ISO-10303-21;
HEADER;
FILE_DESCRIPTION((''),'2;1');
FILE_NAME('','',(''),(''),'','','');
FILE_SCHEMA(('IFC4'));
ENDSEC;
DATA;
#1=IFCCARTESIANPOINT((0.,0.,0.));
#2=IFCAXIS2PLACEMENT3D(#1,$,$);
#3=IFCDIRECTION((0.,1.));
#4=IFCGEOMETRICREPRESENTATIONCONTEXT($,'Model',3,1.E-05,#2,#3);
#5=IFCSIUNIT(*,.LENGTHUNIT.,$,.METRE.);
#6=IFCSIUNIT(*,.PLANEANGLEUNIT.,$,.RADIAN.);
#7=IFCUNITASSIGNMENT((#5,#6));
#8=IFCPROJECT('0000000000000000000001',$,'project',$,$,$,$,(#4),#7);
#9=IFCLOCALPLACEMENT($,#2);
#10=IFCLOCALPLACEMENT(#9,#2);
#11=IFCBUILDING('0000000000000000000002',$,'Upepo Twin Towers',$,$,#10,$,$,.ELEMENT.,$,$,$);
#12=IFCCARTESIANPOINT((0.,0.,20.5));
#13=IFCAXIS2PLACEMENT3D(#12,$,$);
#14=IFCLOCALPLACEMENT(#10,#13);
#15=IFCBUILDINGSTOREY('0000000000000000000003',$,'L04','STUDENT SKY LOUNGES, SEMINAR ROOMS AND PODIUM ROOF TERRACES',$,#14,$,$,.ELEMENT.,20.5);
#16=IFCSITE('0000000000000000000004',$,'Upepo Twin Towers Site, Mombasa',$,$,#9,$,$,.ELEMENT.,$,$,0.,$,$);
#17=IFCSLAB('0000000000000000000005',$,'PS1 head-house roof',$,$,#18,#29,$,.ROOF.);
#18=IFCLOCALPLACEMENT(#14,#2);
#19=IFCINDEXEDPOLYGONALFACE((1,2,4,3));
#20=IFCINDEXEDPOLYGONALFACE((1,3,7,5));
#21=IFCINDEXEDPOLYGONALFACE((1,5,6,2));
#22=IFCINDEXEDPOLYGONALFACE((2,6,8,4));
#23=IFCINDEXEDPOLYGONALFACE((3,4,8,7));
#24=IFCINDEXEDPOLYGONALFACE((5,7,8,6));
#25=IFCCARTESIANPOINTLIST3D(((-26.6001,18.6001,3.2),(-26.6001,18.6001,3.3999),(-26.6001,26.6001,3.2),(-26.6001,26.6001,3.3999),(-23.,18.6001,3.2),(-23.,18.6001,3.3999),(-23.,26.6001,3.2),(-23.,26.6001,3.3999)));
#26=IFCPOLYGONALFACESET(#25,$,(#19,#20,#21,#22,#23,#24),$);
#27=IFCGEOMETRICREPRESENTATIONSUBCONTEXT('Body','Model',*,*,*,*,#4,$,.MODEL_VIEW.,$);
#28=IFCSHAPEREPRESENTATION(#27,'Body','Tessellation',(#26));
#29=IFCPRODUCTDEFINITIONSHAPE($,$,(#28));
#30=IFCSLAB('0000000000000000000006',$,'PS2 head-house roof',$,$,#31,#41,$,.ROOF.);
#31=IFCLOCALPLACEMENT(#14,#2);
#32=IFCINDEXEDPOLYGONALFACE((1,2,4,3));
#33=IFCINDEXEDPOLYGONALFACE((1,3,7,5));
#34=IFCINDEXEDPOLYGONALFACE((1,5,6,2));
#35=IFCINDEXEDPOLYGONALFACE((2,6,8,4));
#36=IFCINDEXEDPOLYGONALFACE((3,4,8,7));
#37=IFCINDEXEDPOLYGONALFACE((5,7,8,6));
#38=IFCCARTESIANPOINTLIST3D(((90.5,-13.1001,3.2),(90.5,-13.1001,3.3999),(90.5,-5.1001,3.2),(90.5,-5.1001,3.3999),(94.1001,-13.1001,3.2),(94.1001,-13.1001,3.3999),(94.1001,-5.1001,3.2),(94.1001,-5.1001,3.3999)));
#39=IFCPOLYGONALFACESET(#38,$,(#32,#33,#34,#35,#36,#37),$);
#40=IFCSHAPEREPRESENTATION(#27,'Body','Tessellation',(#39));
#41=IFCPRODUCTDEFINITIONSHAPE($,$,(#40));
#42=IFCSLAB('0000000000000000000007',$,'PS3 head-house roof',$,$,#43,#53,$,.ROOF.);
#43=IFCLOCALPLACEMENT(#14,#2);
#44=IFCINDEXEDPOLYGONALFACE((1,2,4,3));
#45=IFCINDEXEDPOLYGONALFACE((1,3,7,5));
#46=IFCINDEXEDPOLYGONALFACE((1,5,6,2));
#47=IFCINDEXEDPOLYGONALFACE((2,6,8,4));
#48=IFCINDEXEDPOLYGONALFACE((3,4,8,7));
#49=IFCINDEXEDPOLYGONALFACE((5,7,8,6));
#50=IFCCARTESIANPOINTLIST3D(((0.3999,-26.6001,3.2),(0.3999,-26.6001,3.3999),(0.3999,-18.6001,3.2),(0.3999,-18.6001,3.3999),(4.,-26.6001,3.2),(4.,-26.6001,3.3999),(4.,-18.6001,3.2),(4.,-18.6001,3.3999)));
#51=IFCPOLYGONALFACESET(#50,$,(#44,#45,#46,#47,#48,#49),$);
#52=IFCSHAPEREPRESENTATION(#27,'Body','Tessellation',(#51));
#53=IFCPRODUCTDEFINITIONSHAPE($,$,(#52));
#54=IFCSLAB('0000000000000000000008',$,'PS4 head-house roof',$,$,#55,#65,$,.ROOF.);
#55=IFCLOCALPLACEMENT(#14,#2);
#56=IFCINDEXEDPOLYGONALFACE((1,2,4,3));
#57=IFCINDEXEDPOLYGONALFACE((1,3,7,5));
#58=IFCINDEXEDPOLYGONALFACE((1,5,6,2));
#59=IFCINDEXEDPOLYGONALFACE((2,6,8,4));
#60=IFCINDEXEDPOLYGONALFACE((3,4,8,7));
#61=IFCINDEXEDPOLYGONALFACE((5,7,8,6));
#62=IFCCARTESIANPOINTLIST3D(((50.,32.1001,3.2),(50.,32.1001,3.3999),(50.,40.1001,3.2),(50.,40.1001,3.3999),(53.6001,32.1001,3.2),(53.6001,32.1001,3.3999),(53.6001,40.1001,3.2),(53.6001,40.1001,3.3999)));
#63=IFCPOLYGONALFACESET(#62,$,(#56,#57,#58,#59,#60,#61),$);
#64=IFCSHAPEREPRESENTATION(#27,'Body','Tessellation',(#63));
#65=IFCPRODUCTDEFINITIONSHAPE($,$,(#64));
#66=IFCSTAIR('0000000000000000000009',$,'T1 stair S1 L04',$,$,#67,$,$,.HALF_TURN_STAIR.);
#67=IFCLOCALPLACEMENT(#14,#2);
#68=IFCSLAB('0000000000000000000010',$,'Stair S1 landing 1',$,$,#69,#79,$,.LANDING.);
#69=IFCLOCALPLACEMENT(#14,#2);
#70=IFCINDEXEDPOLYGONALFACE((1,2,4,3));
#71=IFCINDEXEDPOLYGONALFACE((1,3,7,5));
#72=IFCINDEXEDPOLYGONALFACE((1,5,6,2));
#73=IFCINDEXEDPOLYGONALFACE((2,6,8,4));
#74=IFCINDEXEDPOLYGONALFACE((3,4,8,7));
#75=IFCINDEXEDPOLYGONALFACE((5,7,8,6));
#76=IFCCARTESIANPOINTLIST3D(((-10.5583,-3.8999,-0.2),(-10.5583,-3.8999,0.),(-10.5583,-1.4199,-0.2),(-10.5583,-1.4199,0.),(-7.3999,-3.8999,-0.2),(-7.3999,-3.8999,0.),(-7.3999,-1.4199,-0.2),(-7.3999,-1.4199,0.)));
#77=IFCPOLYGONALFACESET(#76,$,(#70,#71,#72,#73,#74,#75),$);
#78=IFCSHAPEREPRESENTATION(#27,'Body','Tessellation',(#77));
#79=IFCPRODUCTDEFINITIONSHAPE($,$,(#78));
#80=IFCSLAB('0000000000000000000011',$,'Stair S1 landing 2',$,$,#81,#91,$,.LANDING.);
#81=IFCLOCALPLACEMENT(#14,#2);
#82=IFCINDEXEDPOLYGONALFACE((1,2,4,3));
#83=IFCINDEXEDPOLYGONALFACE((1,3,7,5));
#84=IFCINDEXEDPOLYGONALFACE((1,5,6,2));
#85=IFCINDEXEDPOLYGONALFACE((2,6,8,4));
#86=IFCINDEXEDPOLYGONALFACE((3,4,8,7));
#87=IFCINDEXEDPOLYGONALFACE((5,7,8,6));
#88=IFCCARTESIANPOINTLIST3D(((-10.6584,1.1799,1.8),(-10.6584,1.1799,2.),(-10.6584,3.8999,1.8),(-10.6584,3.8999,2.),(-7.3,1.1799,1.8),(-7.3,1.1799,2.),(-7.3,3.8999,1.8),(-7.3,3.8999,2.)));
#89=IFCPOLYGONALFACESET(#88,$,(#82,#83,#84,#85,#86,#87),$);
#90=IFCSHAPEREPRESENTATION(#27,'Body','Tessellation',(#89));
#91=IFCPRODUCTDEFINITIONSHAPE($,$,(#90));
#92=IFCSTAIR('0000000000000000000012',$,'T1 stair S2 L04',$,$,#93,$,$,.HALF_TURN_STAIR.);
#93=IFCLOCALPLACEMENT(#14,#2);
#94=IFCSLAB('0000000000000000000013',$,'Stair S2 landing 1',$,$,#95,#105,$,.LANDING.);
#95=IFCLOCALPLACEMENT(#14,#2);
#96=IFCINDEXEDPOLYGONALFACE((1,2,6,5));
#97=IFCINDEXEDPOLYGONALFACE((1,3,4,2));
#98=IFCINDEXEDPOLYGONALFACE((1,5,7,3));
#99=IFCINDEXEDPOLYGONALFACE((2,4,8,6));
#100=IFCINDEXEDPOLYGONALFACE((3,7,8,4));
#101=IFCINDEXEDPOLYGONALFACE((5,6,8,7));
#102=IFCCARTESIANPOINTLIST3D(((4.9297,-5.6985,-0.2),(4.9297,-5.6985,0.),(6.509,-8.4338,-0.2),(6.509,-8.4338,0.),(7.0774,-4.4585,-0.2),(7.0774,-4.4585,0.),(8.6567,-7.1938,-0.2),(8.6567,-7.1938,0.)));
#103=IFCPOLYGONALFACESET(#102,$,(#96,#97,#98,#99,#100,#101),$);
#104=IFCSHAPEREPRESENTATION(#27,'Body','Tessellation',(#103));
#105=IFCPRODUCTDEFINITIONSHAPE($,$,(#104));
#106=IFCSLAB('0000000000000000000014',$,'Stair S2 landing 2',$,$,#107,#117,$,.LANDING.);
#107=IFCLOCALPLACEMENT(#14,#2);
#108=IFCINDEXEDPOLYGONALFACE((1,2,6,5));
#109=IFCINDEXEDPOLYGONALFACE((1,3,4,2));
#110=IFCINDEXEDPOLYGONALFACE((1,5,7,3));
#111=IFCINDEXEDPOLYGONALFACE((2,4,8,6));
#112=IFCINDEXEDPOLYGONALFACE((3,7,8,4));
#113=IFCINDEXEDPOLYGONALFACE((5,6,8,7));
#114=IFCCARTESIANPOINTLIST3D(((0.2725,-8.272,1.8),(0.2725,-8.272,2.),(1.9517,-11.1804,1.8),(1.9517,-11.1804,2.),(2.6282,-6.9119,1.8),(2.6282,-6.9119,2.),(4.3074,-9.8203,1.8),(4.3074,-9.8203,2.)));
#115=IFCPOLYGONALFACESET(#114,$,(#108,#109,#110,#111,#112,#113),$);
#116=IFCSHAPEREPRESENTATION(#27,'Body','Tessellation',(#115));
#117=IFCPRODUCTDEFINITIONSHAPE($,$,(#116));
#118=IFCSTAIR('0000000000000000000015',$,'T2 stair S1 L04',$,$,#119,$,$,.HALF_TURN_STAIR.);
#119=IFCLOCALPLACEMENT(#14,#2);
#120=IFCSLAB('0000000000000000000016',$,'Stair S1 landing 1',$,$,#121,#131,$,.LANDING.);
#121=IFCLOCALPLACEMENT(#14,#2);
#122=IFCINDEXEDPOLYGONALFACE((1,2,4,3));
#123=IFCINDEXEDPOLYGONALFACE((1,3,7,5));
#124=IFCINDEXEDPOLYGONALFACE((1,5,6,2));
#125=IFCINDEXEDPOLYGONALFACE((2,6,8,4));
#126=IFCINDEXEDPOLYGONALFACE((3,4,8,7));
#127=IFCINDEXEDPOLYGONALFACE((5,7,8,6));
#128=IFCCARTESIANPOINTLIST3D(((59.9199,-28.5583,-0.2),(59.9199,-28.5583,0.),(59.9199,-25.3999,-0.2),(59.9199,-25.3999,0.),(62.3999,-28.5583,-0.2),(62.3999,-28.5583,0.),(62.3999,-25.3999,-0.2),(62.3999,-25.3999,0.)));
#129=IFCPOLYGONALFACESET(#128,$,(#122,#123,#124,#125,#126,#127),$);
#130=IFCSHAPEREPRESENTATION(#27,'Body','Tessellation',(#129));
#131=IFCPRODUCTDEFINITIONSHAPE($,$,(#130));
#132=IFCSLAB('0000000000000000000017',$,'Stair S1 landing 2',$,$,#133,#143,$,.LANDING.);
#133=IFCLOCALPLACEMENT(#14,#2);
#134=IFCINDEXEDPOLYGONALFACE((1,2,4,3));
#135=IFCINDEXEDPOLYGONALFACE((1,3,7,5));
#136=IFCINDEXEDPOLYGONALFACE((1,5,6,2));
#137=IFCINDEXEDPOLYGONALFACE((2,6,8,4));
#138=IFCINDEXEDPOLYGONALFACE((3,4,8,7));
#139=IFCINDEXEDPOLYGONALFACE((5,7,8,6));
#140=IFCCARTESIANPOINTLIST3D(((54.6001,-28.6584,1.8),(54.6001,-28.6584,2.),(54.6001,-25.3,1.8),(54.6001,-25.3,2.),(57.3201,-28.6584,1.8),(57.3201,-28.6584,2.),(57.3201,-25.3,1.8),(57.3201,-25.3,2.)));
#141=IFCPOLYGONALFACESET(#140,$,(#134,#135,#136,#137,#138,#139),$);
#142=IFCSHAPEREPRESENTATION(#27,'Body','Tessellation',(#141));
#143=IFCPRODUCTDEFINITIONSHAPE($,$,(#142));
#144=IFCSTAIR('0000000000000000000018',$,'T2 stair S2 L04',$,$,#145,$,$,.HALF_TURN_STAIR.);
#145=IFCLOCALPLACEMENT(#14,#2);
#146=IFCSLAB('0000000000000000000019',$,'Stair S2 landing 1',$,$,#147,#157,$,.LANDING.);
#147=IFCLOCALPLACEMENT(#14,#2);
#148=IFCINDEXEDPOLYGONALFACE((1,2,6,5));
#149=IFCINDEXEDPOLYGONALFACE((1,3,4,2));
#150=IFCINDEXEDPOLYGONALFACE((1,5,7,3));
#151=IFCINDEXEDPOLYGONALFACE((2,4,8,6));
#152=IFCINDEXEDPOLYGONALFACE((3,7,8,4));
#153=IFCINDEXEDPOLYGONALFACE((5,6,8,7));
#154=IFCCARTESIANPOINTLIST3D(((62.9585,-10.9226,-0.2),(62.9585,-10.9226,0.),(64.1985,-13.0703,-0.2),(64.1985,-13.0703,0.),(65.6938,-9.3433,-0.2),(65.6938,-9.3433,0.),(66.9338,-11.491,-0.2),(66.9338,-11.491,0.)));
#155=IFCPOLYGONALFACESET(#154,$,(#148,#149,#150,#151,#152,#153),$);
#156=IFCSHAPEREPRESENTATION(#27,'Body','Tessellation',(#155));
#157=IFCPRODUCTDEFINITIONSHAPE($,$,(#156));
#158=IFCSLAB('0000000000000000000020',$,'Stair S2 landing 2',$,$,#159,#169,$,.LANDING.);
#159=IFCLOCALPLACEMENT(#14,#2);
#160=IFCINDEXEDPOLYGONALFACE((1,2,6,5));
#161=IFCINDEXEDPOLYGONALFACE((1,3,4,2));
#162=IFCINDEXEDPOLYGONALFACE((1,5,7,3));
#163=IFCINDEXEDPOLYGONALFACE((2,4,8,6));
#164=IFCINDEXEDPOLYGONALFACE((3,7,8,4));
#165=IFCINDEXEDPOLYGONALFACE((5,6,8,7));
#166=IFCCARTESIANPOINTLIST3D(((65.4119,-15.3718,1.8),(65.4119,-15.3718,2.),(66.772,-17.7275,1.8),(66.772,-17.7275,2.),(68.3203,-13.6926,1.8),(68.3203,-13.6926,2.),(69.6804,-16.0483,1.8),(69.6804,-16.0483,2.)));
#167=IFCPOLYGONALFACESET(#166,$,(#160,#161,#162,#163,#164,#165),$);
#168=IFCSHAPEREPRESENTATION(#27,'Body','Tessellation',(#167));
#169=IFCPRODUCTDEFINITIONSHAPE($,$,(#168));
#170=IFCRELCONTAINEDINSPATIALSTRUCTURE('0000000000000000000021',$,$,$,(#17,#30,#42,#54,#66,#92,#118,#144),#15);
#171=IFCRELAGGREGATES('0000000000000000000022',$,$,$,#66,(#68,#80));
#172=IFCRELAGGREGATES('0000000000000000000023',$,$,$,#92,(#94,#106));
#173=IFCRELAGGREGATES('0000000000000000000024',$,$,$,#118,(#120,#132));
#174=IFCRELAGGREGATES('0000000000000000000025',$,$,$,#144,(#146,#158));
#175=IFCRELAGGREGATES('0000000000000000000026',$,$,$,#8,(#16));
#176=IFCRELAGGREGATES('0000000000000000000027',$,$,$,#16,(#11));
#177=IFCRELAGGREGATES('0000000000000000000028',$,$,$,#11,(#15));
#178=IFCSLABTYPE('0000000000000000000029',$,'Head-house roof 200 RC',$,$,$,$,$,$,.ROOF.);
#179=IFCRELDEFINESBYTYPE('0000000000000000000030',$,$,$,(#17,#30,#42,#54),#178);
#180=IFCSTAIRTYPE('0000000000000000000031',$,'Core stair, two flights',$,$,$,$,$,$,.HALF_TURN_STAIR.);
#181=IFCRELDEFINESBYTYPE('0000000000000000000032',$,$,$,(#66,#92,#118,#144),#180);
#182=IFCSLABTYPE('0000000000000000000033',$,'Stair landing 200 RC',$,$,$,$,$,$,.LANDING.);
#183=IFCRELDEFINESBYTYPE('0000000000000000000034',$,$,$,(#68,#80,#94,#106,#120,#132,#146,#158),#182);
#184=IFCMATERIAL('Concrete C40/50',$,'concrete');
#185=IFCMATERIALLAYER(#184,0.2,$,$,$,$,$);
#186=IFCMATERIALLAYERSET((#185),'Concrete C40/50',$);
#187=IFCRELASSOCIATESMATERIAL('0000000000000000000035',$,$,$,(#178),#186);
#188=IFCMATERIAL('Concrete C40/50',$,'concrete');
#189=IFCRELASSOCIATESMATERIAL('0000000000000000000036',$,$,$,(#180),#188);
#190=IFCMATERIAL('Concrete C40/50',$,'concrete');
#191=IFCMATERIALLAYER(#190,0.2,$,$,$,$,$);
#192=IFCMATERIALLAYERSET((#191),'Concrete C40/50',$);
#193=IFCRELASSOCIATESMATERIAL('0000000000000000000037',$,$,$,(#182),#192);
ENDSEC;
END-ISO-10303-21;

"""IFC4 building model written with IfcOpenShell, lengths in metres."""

from ifc_helpers import new_model, si_unit, direction, frame, origin, place, context, subcontext, project, spatial, polyline, outline, extrude, material, layer, layer_set, type_object, element, aggregate, save


model = new_model("IFC4")

# Units and contexts
model_context = context("Model", 3, precision=1e-05, world=origin(), true_north=direction((0.0, 1.0)))
body_context = subcontext(model_context, "Body", "Model", "MODEL_VIEW")
ifc_project = project(units=[si_unit("LENGTHUNIT", "METRE"), si_unit("PLANEANGLEUNIT", "RADIAN")], contexts=[model_context])

# Site, building, storey
site_placement = place(None, origin())
site = spatial("IfcSite", under=ifc_project, at=site_placement, Name="Upepo Twin Towers Site, Mombasa", CompositionType="ELEMENT", RefElevation=0.0)
building_placement = place(site_placement, origin())
building = spatial("IfcBuilding", under=site, at=building_placement, Name="Upepo Twin Towers", CompositionType="ELEMENT")
storey_placement = place(building_placement, frame((0.0, 0.0, 20.5)))
storey = spatial("IfcBuildingStorey", under=building, at=storey_placement, Name="L04", Description="STUDENT SKY LOUNGES, SEMINAR ROOMS AND PODIUM ROOF TERRACES", CompositionType="ELEMENT", Elevation=20.5)

# Slabs
ifc_material_1 = material(Name="Concrete C40/50", Category="concrete")
ifc_layer_1 = layer(ifc_material_1, 0.2)
ifc_layer_set_1 = layer_set([ifc_layer_1], Name="Concrete C40/50")
slab_type_1 = type_object("IfcSlabType", Name="Head-house roof 200 RC", PredefinedType="ROOF", material=ifc_layer_set_1)
slab_1_placement = place(storey_placement, frame((0.0, 0.0, 3.2)))
element("IfcSlab", 1, at=slab_1_placement, inside=storey, type_object=slab_type_1, Name="PS1 head-house roof", PredefinedType="ROOF", context=body_context, shape_type="SweptSolid", body=[
    extrude(outline(polyline([(-26.6001, 18.6001), (-23.0, 18.6001), (-23.0, 26.6001), (-26.6001, 26.6001), (-26.6001, 18.6001)])), origin(), (0.0, 0.0, 1.0), 0.2),
])
slab_2_placement = place(storey_placement, frame((0.0, 0.0, 3.2)))
element("IfcSlab", 2, at=slab_2_placement, inside=storey, type_object=slab_type_1, Name="PS2 head-house roof", PredefinedType="ROOF", context=body_context, shape_type="SweptSolid", body=[
    extrude(outline(polyline([(90.5, -13.1001), (94.1001, -13.1001), (94.1001, -5.1001), (90.5, -5.1001), (90.5, -13.1001)])), origin(), (0.0, 0.0, 1.0), 0.2),
])
slab_3_placement = place(storey_placement, frame((0.0, 0.0, 3.2)))
element("IfcSlab", 3, at=slab_3_placement, inside=storey, type_object=slab_type_1, Name="PS3 head-house roof", PredefinedType="ROOF", context=body_context, shape_type="SweptSolid", body=[
    extrude(outline(polyline([(0.3999, -26.6001), (4.0, -26.6001), (4.0, -18.6001), (0.3999, -18.6001), (0.3999, -26.6001)])), origin(), (0.0, 0.0, 1.0), 0.2),
])
slab_4_placement = place(storey_placement, frame((0.0, 0.0, 3.2)))
element("IfcSlab", 4, at=slab_4_placement, inside=storey, type_object=slab_type_1, Name="PS4 head-house roof", PredefinedType="ROOF", context=body_context, shape_type="SweptSolid", body=[
    extrude(outline(polyline([(50.0, 32.1001), (53.6001, 32.1001), (53.6001, 40.1001), (50.0, 40.1001), (50.0, 32.1001)])), origin(), (0.0, 0.0, 1.0), 0.2),
])

# Stairs, slabs
ifc_material_2 = material(Name="Concrete C40/50", Category="concrete")
stair_type = type_object("IfcStairType", Name="Core stair, two flights", PredefinedType="HALF_TURN_STAIR", material=ifc_material_2)
stair_1_placement = place(storey_placement, origin())
stair_1 = element("IfcStair", 5, at=stair_1_placement, inside=storey, type_object=stair_type, Name="T1 stair S1 L04", PredefinedType="HALF_TURN_STAIR")
ifc_material_3 = material(Name="Concrete C40/50", Category="concrete")
ifc_layer_2 = layer(ifc_material_3, 0.2)
ifc_layer_set_2 = layer_set([ifc_layer_2], Name="Concrete C40/50")
slab_type_2 = type_object("IfcSlabType", Name="Stair landing 200 RC", PredefinedType="LANDING", material=ifc_layer_set_2)
slab_5_placement = place(storey_placement, frame((0.0, 0.0, -0.2)))
slab_5 = element("IfcSlab", 6, at=slab_5_placement, type_object=slab_type_2, Name="Stair S1 landing 1", PredefinedType="LANDING", context=body_context, shape_type="SweptSolid", body=[
    extrude(outline(polyline([(-7.3999, -1.4199), (-10.5583, -1.4199), (-10.5583, -3.8999), (-7.3999, -3.8999), (-7.3999, -1.4199)])), origin(), (0.0, 0.0, 1.0), 0.2),
])
slab_6_placement = place(storey_placement, frame((0.0, 0.0, 1.8)))
slab_6 = element("IfcSlab", 7, at=slab_6_placement, type_object=slab_type_2, Name="Stair S1 landing 2", PredefinedType="LANDING", context=body_context, shape_type="SweptSolid", body=[
    extrude(outline(polyline([(-7.3, 3.8999), (-10.6584, 3.8999), (-10.6584, 1.1799), (-7.3, 1.1799), (-7.3, 3.8999)])), origin(), (0.0, 0.0, 1.0), 0.2),
])
aggregate(stair_1, [slab_5, slab_6])
stair_2_placement = place(storey_placement, origin())
stair_2 = element("IfcStair", 8, at=stair_2_placement, inside=storey, type_object=stair_type, Name="T1 stair S2 L04", PredefinedType="HALF_TURN_STAIR")
slab_7_placement = place(storey_placement, frame((0.0, 0.0, -0.2)))
slab_7 = element("IfcSlab", 9, at=slab_7_placement, type_object=slab_type_2, Name="Stair S2 landing 1", PredefinedType="LANDING", context=body_context, shape_type="SweptSolid", body=[
    extrude(outline(polyline([(4.9297, -5.6985), (6.509, -8.4338), (8.6567, -7.1938), (7.0774, -4.4585), (4.9297, -5.6985)])), origin(), (0.0, 0.0, 1.0), 0.2),
])
slab_8_placement = place(storey_placement, frame((0.0, 0.0, 1.8)))
slab_8 = element("IfcSlab", 10, at=slab_8_placement, type_object=slab_type_2, Name="Stair S2 landing 2", PredefinedType="LANDING", context=body_context, shape_type="SweptSolid", body=[
    extrude(outline(polyline([(0.2725, -8.272), (1.9517, -11.1804), (4.3074, -9.8203), (2.6282, -6.9119), (0.2725, -8.272)])), origin(), (0.0, 0.0, 1.0), 0.2),
])
aggregate(stair_2, [slab_7, slab_8])
stair_3_placement = place(storey_placement, origin())
stair_3 = element("IfcStair", 11, at=stair_3_placement, inside=storey, type_object=stair_type, Name="T2 stair S1 L04", PredefinedType="HALF_TURN_STAIR")
slab_9_placement = place(storey_placement, frame((0.0, 0.0, -0.2)))
slab_9 = element("IfcSlab", 12, at=slab_9_placement, type_object=slab_type_2, Name="Stair S1 landing 1", PredefinedType="LANDING", context=body_context, shape_type="SweptSolid", body=[
    extrude(outline(polyline([(59.9199, -25.3999), (59.9199, -28.5583), (62.3999, -28.5583), (62.3999, -25.3999), (59.9199, -25.3999)])), origin(), (0.0, 0.0, 1.0), 0.2),
])
slab_10_placement = place(storey_placement, frame((0.0, 0.0, 1.8)))
slab_10 = element("IfcSlab", 13, at=slab_10_placement, type_object=slab_type_2, Name="Stair S1 landing 2", PredefinedType="LANDING", context=body_context, shape_type="SweptSolid", body=[
    extrude(outline(polyline([(54.6001, -25.3), (54.6001, -28.6584), (57.3201, -28.6584), (57.3201, -25.3), (54.6001, -25.3)])), origin(), (0.0, 0.0, 1.0), 0.2),
])
aggregate(stair_3, [slab_9, slab_10])
stair_4_placement = place(storey_placement, origin())
stair_4 = element("IfcStair", 14, at=stair_4_placement, inside=storey, type_object=stair_type, Name="T2 stair S2 L04", PredefinedType="HALF_TURN_STAIR")
slab_11_placement = place(storey_placement, frame((0.0, 0.0, -0.2)))
slab_11 = element("IfcSlab", 15, at=slab_11_placement, type_object=slab_type_2, Name="Stair S2 landing 1", PredefinedType="LANDING", context=body_context, shape_type="SweptSolid", body=[
    extrude(outline(polyline([(64.1985, -13.0703), (66.9338, -11.491), (65.6938, -9.3433), (62.9585, -10.9226), (64.1985, -13.0703)])), origin(), (0.0, 0.0, 1.0), 0.2),
])
slab_12_placement = place(storey_placement, frame((0.0, 0.0, 1.8)))
slab_12 = element("IfcSlab", 16, at=slab_12_placement, type_object=slab_type_2, Name="Stair S2 landing 2", PredefinedType="LANDING", context=body_context, shape_type="SweptSolid", body=[
    extrude(outline(polyline([(66.772, -17.7275), (69.6804, -16.0483), (68.3203, -13.6926), (65.4119, -15.3718), (66.772, -17.7275)])), origin(), (0.0, 0.0, 1.0), 0.2),
])
aggregate(stair_4, [slab_11, slab_12])

save(model, "model.ifc")
